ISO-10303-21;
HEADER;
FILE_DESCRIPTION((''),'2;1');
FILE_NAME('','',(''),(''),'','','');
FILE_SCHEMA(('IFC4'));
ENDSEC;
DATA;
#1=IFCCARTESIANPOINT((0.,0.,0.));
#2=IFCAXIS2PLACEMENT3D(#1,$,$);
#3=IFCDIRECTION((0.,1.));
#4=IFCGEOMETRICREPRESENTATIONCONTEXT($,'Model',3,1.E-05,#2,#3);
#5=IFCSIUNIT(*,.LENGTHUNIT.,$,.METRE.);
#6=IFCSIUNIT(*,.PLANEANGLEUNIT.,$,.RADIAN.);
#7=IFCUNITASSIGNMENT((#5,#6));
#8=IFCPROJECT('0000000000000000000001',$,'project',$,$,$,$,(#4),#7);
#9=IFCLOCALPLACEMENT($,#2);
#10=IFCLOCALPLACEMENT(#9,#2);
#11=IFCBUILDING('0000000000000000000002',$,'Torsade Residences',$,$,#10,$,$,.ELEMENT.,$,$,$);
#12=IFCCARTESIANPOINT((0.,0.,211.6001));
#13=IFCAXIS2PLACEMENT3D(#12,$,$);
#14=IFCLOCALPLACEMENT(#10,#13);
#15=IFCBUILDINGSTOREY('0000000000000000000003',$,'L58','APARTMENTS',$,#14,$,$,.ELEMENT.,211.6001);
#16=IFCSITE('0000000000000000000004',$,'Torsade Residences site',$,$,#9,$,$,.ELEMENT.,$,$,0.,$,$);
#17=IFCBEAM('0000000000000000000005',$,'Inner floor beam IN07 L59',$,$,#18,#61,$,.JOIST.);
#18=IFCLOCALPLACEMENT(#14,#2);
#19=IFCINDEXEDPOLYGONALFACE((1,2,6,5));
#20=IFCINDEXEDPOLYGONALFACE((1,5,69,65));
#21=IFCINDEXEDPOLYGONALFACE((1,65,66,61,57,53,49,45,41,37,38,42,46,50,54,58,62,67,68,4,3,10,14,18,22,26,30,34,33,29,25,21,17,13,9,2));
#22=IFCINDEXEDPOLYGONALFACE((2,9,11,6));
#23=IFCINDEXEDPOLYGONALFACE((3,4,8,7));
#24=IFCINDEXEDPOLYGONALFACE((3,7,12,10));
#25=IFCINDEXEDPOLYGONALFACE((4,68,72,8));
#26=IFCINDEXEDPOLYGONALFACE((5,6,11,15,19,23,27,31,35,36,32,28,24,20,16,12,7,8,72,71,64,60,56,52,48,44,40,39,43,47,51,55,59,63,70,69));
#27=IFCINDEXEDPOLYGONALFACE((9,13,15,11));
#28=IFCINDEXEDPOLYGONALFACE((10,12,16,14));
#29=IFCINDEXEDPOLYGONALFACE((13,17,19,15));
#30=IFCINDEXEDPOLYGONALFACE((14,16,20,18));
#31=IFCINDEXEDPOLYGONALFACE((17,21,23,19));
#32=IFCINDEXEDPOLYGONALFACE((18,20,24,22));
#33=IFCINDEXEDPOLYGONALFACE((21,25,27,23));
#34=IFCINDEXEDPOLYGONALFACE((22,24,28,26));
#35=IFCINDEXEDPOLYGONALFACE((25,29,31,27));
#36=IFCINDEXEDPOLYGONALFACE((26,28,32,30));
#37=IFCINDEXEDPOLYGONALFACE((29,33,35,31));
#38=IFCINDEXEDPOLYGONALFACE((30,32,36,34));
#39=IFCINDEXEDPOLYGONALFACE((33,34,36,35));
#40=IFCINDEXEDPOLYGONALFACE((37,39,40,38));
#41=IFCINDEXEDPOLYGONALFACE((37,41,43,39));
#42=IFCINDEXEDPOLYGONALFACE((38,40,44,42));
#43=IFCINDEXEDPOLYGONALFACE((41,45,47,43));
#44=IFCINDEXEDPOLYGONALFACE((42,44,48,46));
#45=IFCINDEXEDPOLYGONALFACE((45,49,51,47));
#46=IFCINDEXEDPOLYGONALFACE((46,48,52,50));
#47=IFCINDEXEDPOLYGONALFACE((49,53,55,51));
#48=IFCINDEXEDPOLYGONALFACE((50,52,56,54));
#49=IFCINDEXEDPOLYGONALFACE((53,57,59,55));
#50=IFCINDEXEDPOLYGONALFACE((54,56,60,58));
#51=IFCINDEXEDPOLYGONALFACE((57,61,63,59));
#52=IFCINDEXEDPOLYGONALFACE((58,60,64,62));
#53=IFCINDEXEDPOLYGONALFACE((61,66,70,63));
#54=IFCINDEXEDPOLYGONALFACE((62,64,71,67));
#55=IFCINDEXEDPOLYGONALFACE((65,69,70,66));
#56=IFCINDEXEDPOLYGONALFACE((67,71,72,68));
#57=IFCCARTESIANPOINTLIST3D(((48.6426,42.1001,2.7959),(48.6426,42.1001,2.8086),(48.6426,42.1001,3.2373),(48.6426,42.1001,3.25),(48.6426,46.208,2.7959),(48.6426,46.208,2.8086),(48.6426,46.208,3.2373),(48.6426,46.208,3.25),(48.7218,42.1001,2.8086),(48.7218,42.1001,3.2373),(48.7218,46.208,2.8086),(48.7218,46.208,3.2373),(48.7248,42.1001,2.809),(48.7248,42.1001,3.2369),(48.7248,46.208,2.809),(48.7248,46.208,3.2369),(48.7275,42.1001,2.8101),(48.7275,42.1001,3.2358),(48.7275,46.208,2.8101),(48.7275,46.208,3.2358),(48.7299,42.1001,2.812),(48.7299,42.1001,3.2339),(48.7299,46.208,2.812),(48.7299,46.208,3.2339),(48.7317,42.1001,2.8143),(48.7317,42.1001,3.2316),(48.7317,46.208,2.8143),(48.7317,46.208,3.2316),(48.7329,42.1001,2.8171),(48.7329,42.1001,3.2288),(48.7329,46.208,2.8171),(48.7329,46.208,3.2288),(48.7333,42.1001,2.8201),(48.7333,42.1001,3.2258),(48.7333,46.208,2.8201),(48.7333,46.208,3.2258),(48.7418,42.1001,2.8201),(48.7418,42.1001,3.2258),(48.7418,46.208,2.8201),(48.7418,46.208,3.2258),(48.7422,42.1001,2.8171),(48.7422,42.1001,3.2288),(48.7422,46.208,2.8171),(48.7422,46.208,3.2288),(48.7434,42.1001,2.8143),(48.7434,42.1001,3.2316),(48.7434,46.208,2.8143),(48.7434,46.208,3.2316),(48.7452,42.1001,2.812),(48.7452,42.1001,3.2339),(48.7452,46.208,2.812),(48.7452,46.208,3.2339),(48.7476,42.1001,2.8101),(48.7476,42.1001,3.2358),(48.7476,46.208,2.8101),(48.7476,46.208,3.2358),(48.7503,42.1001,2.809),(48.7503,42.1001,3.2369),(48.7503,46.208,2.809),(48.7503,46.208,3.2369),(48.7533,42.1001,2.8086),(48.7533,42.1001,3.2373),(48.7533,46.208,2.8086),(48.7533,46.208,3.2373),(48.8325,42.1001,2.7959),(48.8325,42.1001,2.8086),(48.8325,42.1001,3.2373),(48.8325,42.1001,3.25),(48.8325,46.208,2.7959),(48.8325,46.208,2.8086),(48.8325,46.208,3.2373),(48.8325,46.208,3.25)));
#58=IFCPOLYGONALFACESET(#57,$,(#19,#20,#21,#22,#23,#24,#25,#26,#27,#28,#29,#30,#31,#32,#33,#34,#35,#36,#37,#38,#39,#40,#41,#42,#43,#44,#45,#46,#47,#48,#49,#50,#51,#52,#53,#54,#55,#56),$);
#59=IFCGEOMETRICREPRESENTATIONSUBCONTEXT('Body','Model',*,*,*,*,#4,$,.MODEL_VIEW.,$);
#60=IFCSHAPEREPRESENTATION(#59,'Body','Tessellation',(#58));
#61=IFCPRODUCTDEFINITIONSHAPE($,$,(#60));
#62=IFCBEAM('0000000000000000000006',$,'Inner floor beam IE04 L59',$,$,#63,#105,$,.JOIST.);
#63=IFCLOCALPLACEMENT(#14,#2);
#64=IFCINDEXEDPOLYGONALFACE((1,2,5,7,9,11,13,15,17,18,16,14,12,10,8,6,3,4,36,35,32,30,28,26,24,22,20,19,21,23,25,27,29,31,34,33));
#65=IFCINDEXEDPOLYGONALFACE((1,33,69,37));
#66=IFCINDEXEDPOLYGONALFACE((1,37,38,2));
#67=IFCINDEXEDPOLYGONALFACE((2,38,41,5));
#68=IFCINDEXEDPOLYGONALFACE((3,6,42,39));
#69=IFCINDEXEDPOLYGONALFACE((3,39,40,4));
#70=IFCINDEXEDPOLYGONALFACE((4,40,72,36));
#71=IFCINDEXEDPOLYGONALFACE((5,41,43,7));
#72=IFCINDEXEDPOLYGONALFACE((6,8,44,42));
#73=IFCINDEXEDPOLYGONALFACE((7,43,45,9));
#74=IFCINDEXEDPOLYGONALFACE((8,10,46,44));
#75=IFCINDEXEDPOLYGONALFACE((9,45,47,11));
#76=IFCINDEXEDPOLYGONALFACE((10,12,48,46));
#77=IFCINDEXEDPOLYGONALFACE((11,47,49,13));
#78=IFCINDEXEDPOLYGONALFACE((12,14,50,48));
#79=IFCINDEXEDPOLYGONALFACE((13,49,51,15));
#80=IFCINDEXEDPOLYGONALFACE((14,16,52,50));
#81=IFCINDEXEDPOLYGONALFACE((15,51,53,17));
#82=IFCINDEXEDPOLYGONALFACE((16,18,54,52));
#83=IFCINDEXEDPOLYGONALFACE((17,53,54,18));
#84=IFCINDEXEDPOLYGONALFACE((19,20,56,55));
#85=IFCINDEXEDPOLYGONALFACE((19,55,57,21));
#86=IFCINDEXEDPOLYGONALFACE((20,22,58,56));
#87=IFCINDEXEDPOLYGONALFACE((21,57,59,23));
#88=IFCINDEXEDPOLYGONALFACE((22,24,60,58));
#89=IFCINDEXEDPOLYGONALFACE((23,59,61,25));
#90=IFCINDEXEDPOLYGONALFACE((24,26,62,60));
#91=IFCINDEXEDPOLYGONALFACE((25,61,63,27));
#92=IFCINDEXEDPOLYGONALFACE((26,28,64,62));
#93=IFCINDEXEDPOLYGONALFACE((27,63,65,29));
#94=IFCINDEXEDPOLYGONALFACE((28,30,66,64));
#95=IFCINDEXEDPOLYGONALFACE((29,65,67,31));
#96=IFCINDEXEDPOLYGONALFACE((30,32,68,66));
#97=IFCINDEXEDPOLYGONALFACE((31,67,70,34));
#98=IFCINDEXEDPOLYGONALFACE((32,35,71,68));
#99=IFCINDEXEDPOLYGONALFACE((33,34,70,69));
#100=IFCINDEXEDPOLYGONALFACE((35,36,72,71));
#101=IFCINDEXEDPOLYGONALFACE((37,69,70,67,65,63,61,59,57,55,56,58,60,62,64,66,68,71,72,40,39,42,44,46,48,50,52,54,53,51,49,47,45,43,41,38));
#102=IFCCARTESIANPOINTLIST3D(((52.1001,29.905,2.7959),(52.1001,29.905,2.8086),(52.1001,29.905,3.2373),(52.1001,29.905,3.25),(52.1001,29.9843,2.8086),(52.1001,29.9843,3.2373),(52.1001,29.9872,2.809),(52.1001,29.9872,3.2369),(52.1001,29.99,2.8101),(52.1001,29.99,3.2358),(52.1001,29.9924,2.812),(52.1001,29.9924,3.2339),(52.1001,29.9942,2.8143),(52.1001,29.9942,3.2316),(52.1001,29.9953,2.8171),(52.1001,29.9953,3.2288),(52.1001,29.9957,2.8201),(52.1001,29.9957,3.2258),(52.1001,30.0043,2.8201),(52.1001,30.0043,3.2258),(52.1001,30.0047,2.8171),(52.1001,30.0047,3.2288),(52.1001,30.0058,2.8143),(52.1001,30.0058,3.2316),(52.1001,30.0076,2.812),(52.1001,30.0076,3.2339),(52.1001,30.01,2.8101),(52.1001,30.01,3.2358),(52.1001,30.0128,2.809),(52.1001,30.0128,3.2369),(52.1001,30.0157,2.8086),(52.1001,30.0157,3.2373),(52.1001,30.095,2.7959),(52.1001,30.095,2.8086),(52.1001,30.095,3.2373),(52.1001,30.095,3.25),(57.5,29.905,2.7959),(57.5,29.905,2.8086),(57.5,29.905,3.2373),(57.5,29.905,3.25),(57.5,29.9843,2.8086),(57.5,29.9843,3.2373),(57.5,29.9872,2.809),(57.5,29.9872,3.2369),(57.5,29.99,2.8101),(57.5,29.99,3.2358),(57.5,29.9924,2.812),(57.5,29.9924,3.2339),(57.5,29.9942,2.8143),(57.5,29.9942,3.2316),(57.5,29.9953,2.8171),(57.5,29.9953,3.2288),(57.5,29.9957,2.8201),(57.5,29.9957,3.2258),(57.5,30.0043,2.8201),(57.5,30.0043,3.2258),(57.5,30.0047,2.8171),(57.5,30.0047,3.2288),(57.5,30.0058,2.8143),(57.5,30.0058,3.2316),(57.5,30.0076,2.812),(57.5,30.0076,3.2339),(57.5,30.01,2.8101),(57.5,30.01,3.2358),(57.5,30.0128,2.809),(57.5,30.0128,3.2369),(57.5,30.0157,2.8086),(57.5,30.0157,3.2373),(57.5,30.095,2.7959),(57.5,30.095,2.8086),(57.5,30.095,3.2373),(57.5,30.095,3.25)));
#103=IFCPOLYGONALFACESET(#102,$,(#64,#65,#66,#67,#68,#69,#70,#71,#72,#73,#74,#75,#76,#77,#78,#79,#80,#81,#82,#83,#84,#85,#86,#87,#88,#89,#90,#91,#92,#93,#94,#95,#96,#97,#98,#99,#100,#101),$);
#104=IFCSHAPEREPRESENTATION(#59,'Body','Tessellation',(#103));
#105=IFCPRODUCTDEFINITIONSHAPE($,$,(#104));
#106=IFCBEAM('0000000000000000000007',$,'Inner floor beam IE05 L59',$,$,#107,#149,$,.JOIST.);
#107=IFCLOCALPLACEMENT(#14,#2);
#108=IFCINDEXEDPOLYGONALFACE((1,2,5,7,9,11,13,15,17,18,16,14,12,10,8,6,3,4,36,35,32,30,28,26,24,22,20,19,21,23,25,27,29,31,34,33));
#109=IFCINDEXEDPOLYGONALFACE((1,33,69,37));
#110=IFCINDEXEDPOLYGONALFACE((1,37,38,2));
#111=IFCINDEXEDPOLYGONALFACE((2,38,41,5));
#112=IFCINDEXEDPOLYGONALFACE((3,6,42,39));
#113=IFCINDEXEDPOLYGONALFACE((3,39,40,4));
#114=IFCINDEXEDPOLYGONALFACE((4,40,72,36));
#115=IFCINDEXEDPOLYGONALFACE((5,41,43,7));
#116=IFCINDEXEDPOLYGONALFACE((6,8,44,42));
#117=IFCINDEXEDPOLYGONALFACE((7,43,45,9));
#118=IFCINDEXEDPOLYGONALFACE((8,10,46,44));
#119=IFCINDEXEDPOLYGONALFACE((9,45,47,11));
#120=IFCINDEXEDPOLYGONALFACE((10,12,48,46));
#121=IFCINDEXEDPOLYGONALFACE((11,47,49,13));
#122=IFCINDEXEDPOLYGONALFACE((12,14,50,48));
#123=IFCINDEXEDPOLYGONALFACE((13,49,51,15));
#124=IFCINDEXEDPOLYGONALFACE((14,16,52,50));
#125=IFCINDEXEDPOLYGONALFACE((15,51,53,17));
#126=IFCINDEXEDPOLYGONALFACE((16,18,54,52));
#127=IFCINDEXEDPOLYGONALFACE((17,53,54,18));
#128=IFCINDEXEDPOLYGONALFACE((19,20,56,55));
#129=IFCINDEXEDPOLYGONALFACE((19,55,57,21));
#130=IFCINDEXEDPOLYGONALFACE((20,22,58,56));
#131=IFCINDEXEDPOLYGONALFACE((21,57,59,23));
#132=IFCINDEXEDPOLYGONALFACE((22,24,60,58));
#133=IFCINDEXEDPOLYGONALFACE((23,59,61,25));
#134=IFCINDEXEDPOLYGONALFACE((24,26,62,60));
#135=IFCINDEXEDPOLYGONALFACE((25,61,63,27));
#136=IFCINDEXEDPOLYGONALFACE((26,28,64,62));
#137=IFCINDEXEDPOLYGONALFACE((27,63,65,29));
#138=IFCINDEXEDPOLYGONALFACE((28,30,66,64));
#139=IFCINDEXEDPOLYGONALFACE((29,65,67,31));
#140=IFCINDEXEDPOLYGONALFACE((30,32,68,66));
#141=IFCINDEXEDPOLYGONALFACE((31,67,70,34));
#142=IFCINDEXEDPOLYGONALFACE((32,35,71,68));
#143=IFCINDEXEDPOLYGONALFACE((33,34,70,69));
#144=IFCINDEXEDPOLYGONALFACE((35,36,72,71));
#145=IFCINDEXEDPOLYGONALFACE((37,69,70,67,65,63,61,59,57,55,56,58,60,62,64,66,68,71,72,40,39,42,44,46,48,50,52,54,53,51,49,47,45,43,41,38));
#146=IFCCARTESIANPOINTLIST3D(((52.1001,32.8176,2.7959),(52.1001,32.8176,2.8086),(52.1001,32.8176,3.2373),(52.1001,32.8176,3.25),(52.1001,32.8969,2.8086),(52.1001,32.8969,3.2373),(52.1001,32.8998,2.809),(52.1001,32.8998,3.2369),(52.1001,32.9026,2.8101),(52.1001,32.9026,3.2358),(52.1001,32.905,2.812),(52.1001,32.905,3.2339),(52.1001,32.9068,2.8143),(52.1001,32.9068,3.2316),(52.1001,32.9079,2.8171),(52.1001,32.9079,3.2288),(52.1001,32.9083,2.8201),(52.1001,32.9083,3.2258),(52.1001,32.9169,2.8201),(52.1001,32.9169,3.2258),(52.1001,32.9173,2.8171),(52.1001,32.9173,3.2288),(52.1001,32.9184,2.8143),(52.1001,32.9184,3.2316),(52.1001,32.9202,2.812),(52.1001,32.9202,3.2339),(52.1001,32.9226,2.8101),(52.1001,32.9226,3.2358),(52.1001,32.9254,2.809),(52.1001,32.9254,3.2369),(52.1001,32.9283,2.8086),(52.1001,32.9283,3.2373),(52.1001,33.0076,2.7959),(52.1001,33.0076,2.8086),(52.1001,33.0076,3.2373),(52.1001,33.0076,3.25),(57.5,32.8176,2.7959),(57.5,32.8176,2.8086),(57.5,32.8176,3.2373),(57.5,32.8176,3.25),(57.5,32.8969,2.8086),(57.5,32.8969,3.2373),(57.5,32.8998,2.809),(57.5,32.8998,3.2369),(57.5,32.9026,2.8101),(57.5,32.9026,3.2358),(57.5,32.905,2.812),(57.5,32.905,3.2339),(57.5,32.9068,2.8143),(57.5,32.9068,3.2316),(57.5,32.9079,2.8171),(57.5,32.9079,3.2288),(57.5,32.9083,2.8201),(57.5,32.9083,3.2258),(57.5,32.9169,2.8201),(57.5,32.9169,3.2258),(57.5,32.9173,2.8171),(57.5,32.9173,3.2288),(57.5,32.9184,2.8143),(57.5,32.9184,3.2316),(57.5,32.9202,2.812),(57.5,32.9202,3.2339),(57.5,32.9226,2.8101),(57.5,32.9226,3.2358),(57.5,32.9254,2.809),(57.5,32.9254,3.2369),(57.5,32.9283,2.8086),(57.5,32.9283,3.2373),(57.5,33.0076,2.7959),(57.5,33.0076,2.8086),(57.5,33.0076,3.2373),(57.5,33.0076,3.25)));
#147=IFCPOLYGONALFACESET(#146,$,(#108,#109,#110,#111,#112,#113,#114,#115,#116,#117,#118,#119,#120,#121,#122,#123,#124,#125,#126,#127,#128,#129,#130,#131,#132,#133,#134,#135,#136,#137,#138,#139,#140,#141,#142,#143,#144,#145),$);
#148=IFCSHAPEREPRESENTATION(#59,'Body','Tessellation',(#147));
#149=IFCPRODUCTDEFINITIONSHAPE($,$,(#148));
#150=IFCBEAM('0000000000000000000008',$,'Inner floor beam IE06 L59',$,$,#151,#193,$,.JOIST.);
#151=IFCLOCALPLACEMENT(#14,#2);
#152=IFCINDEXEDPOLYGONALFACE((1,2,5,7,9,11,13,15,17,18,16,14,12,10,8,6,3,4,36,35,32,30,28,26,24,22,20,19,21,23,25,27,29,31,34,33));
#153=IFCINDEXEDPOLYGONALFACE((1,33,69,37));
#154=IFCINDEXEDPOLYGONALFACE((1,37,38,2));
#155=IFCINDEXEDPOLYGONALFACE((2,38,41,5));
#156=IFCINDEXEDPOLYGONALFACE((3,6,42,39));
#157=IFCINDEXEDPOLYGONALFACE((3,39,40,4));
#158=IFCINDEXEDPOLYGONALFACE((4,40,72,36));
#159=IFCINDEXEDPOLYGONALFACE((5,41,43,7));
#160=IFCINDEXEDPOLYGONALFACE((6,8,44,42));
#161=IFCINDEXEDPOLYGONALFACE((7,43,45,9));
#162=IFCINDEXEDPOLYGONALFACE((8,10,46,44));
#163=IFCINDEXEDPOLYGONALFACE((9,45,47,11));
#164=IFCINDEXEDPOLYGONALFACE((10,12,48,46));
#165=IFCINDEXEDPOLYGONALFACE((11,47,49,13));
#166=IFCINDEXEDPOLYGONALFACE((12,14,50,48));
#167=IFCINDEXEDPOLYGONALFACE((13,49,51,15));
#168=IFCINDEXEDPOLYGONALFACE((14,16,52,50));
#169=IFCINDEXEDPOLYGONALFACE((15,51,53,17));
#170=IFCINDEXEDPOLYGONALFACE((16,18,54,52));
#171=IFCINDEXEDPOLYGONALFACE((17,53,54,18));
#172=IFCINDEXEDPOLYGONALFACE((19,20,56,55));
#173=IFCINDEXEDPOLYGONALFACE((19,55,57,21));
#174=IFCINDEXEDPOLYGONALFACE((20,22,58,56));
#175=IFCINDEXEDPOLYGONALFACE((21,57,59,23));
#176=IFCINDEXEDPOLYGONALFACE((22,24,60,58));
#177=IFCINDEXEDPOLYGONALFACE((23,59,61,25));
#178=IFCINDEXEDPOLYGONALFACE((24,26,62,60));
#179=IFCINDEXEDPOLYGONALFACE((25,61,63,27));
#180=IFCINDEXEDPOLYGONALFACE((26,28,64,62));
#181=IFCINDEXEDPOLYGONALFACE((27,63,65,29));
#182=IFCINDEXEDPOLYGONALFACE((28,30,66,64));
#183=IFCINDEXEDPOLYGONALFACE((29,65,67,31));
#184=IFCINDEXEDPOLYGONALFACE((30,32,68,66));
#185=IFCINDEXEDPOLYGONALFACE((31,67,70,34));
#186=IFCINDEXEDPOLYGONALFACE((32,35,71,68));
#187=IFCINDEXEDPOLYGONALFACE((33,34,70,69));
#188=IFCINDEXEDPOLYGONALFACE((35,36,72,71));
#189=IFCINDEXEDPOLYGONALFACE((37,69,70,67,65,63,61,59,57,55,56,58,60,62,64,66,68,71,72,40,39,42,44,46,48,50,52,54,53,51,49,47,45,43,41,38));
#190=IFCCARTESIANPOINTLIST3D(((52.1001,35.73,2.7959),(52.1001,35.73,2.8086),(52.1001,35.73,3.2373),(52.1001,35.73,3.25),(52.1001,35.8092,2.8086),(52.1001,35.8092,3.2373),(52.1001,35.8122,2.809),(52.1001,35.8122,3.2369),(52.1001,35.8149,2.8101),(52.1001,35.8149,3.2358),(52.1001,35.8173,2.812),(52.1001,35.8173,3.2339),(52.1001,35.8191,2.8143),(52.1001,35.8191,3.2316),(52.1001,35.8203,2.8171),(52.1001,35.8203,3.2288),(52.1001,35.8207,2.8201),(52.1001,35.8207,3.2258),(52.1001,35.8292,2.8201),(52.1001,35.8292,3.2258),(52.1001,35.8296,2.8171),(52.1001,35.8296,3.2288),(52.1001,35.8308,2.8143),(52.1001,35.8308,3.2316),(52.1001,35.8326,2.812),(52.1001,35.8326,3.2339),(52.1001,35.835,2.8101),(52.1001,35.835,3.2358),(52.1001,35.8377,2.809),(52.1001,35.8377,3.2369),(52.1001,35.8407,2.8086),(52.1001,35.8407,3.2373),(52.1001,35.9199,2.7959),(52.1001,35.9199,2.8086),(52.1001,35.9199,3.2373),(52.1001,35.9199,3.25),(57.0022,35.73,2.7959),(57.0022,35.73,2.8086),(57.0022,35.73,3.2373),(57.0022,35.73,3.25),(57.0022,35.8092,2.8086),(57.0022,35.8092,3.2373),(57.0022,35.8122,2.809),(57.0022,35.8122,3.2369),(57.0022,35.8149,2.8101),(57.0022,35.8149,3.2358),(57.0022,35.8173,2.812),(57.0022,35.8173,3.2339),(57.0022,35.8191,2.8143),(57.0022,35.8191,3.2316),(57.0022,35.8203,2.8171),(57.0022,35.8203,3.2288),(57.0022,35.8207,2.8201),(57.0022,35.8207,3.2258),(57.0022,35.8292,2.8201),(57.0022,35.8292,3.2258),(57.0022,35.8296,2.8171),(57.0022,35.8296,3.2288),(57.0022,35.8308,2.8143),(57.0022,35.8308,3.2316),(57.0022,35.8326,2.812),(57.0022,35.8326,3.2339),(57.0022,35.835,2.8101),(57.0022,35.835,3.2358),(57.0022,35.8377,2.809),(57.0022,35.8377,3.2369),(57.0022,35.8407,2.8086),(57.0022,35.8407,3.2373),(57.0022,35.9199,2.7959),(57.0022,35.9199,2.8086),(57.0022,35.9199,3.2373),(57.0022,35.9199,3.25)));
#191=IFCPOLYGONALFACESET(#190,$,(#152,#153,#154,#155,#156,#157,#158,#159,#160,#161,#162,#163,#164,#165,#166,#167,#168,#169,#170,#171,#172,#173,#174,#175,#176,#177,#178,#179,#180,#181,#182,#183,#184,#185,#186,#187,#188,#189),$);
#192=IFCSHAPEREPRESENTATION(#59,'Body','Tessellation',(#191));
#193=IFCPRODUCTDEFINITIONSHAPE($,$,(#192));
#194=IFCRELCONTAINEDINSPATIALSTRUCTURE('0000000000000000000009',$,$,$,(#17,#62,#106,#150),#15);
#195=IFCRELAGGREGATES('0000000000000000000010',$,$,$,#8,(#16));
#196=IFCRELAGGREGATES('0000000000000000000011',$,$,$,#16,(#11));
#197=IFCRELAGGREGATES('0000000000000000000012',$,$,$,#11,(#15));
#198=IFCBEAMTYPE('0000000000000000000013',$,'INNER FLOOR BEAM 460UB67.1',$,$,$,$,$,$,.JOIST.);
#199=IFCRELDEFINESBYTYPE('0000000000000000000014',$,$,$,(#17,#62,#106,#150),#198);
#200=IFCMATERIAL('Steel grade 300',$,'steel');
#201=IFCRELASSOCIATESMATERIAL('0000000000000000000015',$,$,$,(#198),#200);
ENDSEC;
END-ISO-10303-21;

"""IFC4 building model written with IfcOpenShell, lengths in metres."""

from ifc_helpers import new_model, si_unit, direction, frame, origin, origin_2d, place, context, subcontext, project, spatial, i_section, extrude, material, material_profile, profile_set, type_object, element, save


model = new_model("IFC4")

# Units and contexts
model_context = context("Model", 3, precision=1e-05, world=origin(), true_north=direction((0.0, 1.0)))
body_context = subcontext(model_context, "Body", "Model", "MODEL_VIEW")
ifc_project = project(units=[si_unit("LENGTHUNIT", "METRE"), si_unit("PLANEANGLEUNIT", "RADIAN")], contexts=[model_context])

# Site, building, storey
site_placement = place(None, origin())
site = spatial("IfcSite", under=ifc_project, at=site_placement, Name="Torsade Residences site", CompositionType="ELEMENT", RefElevation=0.0)
building_placement = place(site_placement, origin())
building = spatial("IfcBuilding", under=site, at=building_placement, Name="Torsade Residences", CompositionType="ELEMENT")
storey_placement = place(building_placement, frame((0.0, 0.0, 211.6001)))
storey = spatial("IfcBuildingStorey", under=building, at=storey_placement, Name="L58", Description="APARTMENTS", CompositionType="ELEMENT", Elevation=211.6001)

# Beams
ifc_material_1 = material(Name="Steel grade 300", Category="steel")
ifc_material_profile_1 = material_profile(ifc_material_1, i_section(OverallWidth=0.1899, OverallDepth=0.4541, WebThickness=0.0085, FlangeThickness=0.0127, FilletRadius=0.0115, at=origin_2d()), Name="460UB67.1")
ifc_profile_set_1 = profile_set([ifc_material_profile_1], Name="Steel grade 300")
beam_type_1 = type_object("IfcBeamType", Name="INNER FLOOR BEAM 460UB67.1", PredefinedType="JOIST", material=ifc_profile_set_1)
beam_1_placement = place(storey_placement, frame((48.7375, 42.1001, 3.0229), z_axis=(0.0, 1.0, 0.0), x_axis=(-1.0, 0.0, 0.0)))
element("IfcBeam", 1, at=beam_1_placement, inside=storey, type_object=beam_type_1, Name="Inner floor beam IN07 L59", PredefinedType="JOIST", context=body_context, shape_type="SweptSolid", body=[
    extrude(i_section(OverallWidth=0.1899, OverallDepth=0.4541, WebThickness=0.0085, FlangeThickness=0.0127, FilletRadius=0.0115, at=origin_2d()), origin(), (0.0, 0.0, 1.0), 4.1079),
])
for number, where, z_axis, x_axis, name in (
    (2, (52.1001, 30.0, 3.0229), (1.0, 0.0, 0.0), (0.0, 1.0, 0.0), "Inner floor beam IE04 L59"),
    (3, (52.1001, 32.9126, 3.0229), (1.0, 0.0, 0.0), (0.0, 1.0, 0.0), "Inner floor beam IE05 L59"),
):
    element("IfcBeam", number, at=place(storey_placement, frame(where, z_axis=z_axis, x_axis=x_axis)), inside=storey, type_object=beam_type_1, Name=name, PredefinedType="JOIST", context=body_context, shape_type="SweptSolid", body=[
        extrude(i_section(OverallWidth=0.1899, OverallDepth=0.4541, WebThickness=0.0085, FlangeThickness=0.0127, FilletRadius=0.0115, at=origin_2d()), origin(), (0.0, 0.0, 1.0), 5.3999),
    ])
beam_2_placement = place(storey_placement, frame((52.1001, 35.825, 3.0229), z_axis=(1.0, 0.0, 0.0), x_axis=(0.0, 1.0, 0.0)))
element("IfcBeam", 4, at=beam_2_placement, inside=storey, type_object=beam_type_1, Name="Inner floor beam IE06 L59", PredefinedType="JOIST", context=body_context, shape_type="SweptSolid", body=[
    extrude(i_section(OverallWidth=0.1899, OverallDepth=0.4541, WebThickness=0.0085, FlangeThickness=0.0127, FilletRadius=0.0115, at=origin_2d()), origin(), (0.0, 0.0, 1.0), 4.9021),
])

save(model, "model.ifc")
